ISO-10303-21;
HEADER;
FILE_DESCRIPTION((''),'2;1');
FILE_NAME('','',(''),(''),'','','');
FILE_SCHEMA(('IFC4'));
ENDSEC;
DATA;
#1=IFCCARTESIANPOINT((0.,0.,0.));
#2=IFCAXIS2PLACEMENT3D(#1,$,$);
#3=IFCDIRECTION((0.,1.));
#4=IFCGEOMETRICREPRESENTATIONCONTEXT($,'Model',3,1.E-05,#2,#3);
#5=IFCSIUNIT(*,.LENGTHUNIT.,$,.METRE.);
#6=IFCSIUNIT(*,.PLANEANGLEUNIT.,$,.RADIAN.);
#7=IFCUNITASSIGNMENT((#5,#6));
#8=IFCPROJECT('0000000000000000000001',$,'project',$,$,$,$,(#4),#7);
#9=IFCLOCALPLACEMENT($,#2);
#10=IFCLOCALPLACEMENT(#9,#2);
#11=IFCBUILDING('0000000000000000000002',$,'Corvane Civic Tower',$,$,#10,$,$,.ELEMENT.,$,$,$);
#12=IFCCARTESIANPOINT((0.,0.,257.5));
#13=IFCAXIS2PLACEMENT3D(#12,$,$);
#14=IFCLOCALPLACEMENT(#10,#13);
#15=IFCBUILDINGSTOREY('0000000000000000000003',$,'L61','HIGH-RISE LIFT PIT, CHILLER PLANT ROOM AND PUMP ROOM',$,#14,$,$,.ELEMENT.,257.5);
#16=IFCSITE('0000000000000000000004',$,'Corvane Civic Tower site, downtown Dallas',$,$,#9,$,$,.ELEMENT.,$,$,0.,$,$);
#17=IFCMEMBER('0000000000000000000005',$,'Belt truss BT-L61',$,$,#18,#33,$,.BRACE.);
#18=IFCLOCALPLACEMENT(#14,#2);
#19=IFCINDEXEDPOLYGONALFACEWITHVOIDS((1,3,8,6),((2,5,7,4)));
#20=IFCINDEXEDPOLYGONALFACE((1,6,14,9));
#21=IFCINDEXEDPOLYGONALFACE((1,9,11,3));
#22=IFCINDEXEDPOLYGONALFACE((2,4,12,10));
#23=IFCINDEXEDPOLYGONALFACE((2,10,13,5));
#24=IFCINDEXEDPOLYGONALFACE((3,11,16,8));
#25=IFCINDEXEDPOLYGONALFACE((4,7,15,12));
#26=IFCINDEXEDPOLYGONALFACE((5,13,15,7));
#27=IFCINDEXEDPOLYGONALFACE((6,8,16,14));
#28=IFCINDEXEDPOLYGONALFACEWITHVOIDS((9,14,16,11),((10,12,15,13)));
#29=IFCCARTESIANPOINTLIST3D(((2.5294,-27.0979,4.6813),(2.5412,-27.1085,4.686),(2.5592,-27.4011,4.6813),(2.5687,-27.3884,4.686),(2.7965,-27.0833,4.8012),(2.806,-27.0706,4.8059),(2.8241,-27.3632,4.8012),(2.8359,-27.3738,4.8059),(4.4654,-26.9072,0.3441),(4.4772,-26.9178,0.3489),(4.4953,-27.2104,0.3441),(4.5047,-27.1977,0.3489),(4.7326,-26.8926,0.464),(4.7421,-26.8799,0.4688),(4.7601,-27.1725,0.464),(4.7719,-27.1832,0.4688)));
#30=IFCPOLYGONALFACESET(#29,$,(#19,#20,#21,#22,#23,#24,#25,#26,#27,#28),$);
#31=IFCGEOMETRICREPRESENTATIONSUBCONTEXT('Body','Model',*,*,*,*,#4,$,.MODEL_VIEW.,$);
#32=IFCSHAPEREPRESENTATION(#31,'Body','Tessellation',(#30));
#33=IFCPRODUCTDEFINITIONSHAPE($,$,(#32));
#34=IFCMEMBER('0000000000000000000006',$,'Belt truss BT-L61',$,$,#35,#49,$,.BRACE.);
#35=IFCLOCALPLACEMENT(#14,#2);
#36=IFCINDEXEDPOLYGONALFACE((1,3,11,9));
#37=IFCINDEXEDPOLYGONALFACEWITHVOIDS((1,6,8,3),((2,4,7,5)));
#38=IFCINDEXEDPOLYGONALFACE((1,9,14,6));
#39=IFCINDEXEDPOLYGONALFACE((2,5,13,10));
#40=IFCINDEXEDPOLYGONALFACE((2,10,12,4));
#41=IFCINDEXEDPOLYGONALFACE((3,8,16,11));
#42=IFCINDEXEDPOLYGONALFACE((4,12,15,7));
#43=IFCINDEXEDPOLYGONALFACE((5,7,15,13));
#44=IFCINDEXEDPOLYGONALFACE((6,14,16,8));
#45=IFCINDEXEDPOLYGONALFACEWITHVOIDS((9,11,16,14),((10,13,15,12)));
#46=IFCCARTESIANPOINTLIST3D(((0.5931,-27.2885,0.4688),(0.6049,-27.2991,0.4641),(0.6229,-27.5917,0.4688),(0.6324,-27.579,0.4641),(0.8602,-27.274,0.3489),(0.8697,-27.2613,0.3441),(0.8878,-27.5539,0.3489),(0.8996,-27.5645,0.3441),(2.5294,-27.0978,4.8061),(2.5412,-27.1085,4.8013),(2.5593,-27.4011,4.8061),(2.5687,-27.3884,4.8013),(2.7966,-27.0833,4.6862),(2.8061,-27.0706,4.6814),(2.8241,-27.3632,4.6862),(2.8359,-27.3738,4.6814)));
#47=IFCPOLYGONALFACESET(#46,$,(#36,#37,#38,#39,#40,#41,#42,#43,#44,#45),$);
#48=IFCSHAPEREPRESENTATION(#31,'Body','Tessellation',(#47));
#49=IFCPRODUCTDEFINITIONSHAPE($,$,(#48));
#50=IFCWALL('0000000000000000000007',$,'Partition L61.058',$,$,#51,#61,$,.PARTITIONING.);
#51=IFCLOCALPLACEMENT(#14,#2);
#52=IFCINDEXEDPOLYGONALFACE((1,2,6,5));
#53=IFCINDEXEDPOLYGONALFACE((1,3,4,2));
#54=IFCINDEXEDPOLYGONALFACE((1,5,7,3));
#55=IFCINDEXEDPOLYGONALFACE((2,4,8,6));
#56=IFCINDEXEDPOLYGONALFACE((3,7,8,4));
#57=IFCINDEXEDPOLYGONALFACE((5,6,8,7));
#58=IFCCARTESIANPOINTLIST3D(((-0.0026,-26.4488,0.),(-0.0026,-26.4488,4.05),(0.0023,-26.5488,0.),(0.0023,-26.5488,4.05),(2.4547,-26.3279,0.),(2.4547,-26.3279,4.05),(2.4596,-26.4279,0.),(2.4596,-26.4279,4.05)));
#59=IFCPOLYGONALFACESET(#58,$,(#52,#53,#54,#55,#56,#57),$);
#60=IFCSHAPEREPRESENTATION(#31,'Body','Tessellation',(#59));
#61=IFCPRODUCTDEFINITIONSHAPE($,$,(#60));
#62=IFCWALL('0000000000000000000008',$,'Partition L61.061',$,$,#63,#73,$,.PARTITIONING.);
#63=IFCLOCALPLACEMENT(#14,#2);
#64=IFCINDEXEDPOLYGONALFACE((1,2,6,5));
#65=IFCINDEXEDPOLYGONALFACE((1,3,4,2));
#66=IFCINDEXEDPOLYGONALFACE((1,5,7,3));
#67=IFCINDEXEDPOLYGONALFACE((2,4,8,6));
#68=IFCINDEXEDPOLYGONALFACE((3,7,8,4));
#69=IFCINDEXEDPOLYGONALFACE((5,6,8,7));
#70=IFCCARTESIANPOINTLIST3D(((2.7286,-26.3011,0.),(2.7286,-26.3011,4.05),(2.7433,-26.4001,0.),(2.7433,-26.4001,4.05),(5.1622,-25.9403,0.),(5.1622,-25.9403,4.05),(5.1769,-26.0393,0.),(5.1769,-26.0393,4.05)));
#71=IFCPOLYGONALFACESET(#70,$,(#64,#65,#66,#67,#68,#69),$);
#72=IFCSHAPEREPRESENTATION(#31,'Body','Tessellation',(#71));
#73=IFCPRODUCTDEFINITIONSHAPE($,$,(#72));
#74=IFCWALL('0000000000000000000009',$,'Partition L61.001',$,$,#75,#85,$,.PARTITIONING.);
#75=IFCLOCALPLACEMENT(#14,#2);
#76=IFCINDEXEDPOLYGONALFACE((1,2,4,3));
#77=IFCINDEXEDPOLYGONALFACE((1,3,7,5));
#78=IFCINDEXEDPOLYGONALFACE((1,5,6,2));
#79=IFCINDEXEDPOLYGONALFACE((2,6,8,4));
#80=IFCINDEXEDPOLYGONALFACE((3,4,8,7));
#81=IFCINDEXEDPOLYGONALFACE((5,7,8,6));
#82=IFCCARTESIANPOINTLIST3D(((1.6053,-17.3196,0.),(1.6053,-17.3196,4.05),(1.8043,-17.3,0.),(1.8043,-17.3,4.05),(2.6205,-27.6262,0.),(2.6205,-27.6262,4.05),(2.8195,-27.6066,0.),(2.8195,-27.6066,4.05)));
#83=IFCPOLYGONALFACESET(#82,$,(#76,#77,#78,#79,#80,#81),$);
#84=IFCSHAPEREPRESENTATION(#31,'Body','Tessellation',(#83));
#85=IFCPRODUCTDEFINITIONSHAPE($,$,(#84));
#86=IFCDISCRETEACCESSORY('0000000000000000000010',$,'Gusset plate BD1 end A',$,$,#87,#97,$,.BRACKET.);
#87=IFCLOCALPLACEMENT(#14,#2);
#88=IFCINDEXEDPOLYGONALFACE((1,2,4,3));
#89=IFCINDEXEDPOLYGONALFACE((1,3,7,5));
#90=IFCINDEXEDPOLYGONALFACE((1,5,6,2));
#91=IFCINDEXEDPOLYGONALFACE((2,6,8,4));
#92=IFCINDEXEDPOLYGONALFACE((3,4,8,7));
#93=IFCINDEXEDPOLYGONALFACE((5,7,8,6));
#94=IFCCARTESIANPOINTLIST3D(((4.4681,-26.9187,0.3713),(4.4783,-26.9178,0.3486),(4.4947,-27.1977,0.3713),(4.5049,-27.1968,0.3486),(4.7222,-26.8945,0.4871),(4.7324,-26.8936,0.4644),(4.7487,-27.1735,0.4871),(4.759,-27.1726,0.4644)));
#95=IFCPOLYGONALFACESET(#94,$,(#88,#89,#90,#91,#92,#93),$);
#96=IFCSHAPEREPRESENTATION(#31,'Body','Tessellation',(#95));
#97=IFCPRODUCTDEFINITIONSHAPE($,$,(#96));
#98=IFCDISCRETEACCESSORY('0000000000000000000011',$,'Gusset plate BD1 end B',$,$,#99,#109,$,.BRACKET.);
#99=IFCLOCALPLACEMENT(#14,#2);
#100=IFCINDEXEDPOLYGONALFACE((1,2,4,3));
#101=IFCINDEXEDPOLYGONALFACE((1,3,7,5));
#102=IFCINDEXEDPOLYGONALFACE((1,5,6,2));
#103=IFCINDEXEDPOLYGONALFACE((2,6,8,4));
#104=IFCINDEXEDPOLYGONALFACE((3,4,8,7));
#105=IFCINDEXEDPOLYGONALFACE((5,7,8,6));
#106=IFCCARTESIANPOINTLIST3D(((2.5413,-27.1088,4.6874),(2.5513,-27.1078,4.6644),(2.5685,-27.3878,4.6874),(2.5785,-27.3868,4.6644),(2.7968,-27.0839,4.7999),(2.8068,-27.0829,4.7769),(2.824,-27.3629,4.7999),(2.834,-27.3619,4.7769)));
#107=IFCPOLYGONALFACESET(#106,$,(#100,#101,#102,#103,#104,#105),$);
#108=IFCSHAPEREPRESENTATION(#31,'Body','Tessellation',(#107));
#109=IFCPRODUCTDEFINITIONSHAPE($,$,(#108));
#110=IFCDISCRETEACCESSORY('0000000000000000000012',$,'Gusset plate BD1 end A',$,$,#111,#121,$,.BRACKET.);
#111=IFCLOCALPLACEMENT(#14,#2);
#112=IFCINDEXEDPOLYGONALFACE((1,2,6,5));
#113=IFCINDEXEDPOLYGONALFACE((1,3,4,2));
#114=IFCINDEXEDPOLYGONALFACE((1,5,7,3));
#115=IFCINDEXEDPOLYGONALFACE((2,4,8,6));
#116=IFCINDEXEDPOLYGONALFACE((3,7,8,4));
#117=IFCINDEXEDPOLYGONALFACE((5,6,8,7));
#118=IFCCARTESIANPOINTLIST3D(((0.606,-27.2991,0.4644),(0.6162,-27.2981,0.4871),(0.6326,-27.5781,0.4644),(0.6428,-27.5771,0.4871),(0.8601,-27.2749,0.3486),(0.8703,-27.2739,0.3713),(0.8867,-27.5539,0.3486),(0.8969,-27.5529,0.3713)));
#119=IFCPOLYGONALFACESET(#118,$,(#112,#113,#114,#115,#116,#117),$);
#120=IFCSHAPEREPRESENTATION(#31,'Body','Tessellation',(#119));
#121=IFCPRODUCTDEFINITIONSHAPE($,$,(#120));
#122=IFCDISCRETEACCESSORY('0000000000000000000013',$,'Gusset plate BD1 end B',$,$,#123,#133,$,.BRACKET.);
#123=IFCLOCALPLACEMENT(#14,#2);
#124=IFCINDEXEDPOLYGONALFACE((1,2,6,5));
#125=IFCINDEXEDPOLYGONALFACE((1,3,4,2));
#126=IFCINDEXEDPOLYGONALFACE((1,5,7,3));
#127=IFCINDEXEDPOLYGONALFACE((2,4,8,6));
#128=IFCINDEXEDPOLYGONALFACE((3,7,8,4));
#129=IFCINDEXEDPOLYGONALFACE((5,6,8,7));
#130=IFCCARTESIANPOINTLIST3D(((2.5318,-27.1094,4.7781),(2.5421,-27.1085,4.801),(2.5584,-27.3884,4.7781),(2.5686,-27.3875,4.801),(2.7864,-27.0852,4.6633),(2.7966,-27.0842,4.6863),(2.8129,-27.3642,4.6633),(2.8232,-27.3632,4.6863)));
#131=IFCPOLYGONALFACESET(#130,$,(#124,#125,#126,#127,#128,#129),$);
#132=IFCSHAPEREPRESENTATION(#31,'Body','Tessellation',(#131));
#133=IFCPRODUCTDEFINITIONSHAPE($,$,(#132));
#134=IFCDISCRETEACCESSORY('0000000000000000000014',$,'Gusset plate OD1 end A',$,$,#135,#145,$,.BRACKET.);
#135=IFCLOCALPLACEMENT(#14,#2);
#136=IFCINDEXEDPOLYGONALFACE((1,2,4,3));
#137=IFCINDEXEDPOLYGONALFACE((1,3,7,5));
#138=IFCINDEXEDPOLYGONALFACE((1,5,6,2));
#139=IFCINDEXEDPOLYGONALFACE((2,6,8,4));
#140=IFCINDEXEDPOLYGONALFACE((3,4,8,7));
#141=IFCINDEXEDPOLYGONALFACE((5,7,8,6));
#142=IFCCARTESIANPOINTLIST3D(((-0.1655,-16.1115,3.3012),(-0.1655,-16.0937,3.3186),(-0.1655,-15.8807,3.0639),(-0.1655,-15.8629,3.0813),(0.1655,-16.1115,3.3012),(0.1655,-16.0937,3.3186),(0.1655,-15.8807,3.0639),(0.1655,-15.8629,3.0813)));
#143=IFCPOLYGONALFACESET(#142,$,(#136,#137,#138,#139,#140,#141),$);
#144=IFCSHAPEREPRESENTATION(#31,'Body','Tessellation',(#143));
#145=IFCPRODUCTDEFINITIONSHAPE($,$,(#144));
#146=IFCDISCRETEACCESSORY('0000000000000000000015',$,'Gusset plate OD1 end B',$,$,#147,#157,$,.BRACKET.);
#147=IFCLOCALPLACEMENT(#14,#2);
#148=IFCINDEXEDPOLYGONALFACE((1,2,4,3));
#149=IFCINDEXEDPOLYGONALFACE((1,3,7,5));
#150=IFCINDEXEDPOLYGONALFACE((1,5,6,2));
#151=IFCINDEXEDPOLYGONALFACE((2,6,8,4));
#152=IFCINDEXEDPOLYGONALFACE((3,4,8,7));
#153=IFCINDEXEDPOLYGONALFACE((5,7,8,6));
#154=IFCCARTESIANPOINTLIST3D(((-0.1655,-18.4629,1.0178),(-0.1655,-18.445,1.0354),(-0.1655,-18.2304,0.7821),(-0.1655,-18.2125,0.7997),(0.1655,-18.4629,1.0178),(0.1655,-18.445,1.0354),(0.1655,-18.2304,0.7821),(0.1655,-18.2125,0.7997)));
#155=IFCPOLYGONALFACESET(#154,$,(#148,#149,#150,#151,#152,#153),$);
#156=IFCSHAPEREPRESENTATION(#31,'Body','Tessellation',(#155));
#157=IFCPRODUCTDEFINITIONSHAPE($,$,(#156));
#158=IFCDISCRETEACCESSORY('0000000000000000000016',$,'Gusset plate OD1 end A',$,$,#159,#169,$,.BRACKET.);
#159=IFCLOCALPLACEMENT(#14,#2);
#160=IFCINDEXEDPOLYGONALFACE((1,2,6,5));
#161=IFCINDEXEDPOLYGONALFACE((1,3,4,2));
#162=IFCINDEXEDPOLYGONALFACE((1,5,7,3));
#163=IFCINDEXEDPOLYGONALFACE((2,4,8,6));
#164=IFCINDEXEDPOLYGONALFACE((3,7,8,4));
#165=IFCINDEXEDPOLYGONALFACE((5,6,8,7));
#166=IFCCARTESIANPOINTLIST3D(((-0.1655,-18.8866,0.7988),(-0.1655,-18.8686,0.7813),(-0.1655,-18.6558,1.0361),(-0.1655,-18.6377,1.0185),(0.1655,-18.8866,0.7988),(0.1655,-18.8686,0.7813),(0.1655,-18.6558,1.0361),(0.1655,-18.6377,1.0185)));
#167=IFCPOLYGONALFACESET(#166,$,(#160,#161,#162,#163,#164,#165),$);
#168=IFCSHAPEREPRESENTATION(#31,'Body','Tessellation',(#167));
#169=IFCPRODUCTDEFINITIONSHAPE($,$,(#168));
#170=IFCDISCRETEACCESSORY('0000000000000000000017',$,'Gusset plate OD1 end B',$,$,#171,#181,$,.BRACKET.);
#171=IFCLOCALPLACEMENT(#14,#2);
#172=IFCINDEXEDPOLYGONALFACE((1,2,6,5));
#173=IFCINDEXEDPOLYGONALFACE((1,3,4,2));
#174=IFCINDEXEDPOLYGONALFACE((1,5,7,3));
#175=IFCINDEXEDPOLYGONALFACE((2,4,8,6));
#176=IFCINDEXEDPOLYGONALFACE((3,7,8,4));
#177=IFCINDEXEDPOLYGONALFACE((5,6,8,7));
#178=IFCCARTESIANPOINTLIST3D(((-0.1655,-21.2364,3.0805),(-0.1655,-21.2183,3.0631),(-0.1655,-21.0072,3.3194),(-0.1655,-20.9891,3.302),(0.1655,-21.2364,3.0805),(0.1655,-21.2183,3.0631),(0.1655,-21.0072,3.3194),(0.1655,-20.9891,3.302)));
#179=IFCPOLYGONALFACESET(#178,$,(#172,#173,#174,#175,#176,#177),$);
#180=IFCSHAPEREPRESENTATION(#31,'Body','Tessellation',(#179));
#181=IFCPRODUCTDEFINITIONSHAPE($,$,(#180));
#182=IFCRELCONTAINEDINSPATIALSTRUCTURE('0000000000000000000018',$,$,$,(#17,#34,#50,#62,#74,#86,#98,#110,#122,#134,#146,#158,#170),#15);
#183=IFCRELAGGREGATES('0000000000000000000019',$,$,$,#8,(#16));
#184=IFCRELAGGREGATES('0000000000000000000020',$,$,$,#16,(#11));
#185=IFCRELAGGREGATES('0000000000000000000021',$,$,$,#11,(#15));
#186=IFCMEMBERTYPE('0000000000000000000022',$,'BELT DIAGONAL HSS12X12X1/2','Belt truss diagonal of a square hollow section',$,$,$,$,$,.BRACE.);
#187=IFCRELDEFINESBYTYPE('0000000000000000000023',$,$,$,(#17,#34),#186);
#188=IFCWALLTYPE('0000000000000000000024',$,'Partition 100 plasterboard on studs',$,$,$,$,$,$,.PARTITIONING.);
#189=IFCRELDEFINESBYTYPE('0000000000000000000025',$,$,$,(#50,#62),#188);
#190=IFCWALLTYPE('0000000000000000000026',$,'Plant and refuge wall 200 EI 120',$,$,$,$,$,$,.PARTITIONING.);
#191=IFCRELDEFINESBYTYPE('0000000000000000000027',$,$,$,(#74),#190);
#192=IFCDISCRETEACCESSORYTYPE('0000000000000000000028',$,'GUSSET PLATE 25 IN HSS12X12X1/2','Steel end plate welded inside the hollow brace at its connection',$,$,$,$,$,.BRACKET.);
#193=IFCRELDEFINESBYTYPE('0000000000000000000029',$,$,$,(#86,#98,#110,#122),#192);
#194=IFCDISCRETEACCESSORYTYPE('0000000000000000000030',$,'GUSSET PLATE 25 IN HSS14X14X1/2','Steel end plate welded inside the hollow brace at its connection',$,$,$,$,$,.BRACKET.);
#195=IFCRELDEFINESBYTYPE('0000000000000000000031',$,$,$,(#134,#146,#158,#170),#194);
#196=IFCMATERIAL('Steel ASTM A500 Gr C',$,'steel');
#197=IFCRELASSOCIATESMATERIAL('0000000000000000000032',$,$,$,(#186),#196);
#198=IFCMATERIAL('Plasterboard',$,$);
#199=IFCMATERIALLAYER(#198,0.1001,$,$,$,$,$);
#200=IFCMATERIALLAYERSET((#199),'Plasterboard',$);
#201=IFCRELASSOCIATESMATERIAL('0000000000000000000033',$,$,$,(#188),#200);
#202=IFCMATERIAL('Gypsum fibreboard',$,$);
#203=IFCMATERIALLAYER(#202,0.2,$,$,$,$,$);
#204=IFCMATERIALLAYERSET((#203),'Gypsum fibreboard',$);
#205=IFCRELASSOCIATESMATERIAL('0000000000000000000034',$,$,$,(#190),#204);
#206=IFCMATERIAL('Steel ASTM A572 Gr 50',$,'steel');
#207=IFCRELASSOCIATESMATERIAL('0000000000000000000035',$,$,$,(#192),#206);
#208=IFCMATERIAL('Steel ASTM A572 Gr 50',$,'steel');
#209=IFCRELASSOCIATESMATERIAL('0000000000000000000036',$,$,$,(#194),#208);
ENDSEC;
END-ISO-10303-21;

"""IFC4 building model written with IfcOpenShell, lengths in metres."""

from ifc_helpers import new_model, si_unit, direction, frame, frame_2d, origin, origin_2d, place, context, subcontext, project, spatial, rectangle, hollow_rectangle, extrude, material, layer, layer_set, material_profile, profile_set, type_object, element, save


model = new_model("IFC4")

# Units and contexts
model_context = context("Model", 3, precision=1e-05, world=origin(), true_north=direction((0.0, 1.0)))
body_context = subcontext(model_context, "Body", "Model", "MODEL_VIEW")
ifc_project = project(units=[si_unit("LENGTHUNIT", "METRE"), si_unit("PLANEANGLEUNIT", "RADIAN")], contexts=[model_context])

# Site, building, storey
site_placement = place(None, origin())
site = spatial("IfcSite", under=ifc_project, at=site_placement, Name="Corvane Civic Tower site, downtown Dallas", CompositionType="ELEMENT", RefElevation=0.0)
building_placement = place(site_placement, origin())
building = spatial("IfcBuilding", under=site, at=building_placement, Name="Corvane Civic Tower", CompositionType="ELEMENT")
storey_placement = place(building_placement, frame((0.0, 0.0, 257.5)))
storey = spatial("IfcBuildingStorey", under=building, at=storey_placement, Name="L61", Description="HIGH-RISE LIFT PIT, CHILLER PLANT ROOM AND PUMP ROOM", CompositionType="ELEMENT", Elevation=257.5)

# Members
ifc_material_1 = material(Name="Steel ASTM A500 Gr C", Category="steel")
ifc_material_profile_1 = material_profile(ifc_material_1, hollow_rectangle(XDim=0.3047, YDim=0.3047, WallThickness=0.0117, at=origin_2d()), Name="HSS12X12X1/2")
ifc_profile_set_1 = profile_set([ifc_material_profile_1], Name="Steel ASTM A500 Gr C")
member_type = type_object("IfcMemberType", Name="BELT DIAGONAL HSS12X12X1/2", Description="Belt truss diagonal of a square hollow section", PredefinedType="BRACE", material=ifc_profile_set_1)
member_1_placement = place(storey_placement, frame((4.6187, -27.0452, 0.4065), z_axis=(-0.407288, -0.040113, 0.912418), x_axis=(0.098013, -0.995185, 0.0)))
element("IfcMember", 1, at=member_1_placement, inside=storey, type_object=member_type, Name="Belt truss BT-L61", PredefinedType="BRACE", context=body_context, shape_type="SweptSolid", body=[
    extrude(hollow_rectangle(XDim=0.3047, YDim=0.3047, WallThickness=0.0117, at=origin_2d()), origin(), (0.0, 0.0, 1.0), 4.7534),
])
member_2_placement = place(storey_placement, frame((0.7463, -27.4265, 0.4065), z_axis=(0.407331, 0.040112, 0.912399), x_axis=(-0.098, 0.995186, 0.0)))
element("IfcMember", 2, at=member_2_placement, inside=storey, type_object=member_type, Name="Belt truss BT-L61", PredefinedType="BRACE", context=body_context, shape_type="SweptSolid", body=[
    extrude(hollow_rectangle(XDim=0.3047, YDim=0.3047, WallThickness=0.0117, at=origin_2d()), origin(), (0.0, 0.0, 1.0), 4.7537),
])

# Walls
ifc_material_2 = material(Name="Plasterboard")
ifc_layer_1 = layer(ifc_material_2, 0.1001)
ifc_layer_set_1 = layer_set([ifc_layer_1], Name="Plasterboard")
wall_type_1 = type_object("IfcWallType", Name="Partition 100 plasterboard on studs", PredefinedType="PARTITIONING", material=ifc_layer_set_1)
for number, where, z_axis, x_axis, name in (
    (3, (0.0, -26.4988, 0.0), (0.0, 0.0, 1.0), (0.998793, 0.049121, 0.0), "Partition L61.058"),
    (4, (2.7361, -26.3506, 0.0), (0.0, 0.0, 1.0), (0.989185, 0.146671, 0.0), "Partition L61.061"),
):
    element("IfcWall", number, at=place(storey_placement, frame(where, z_axis=z_axis, x_axis=x_axis)), inside=storey, type_object=wall_type_1, Name=name, PredefinedType="PARTITIONING", context=body_context, shape_type="SweptSolid", body=[
        extrude(rectangle(XDim=2.4602, YDim=0.1001, at=frame_2d((1.23, 0.0))), origin(), (0.0, 0.0, 1.0), 4.05),
    ])
ifc_material_3 = material(Name="Gypsum fibreboard")
ifc_layer_2 = layer(ifc_material_3, 0.2)
ifc_layer_set_2 = layer_set([ifc_layer_2], Name="Gypsum fibreboard")
wall_type_2 = type_object("IfcWallType", Name="Plant and refuge wall 200 EI 120", PredefinedType="PARTITIONING", material=ifc_layer_set_2)
wall_placement = place(storey_placement, frame((1.7048, -17.3098, 0.0), z_axis=(0.0, 0.0, 1.0), x_axis=(0.098019, -0.995185, 0.0)))
element("IfcWall", 5, at=wall_placement, inside=storey, type_object=wall_type_2, Name="Partition L61.001", PredefinedType="PARTITIONING", context=body_context, shape_type="SweptSolid", body=[
    extrude(rectangle(XDim=10.3564, YDim=0.2, at=frame_2d((5.1782, 0.0))), origin(), (0.0, 0.0, 1.0), 4.05),
])

# Discrete accessories
ifc_material_4 = material(Name="Steel ASTM A572 Gr 50", Category="steel")
ifc_material_profile_2 = material_profile(ifc_material_4, rectangle(XDim=0.2803, YDim=0.2803, at=origin_2d()), Name="GUSSET PLATE 25 IN HSS12X12X1/2")
ifc_profile_set_2 = profile_set([ifc_material_profile_2], Name="Steel ASTM A572 Gr 50")
discrete_accessory_type_1 = type_object("IfcDiscreteAccessoryType", Name="GUSSET PLATE 25 IN HSS12X12X1/2", Description="Steel end plate welded inside the hollow brace at its connection", PredefinedType="BRACKET", material=ifc_profile_set_2)
discrete_accessory_1_placement = place(storey_placement, frame((4.6187, -27.0452, 0.4065), z_axis=(-0.411271, -0.039169, 0.910671), x_axis=(0.094809, -0.995495, 0.0)))
element("IfcDiscreteAccessory", 6, at=discrete_accessory_1_placement, inside=storey, type_object=discrete_accessory_type_1, Name="Gusset plate BD1 end A", PredefinedType="BRACKET", context=body_context, shape_type="SweptSolid", body=[
    extrude(rectangle(XDim=0.2803, YDim=0.2803, at=origin_2d()), origin(), (0.0, 0.0, 1.0), 0.0249),
])
discrete_accessory_2_placement = place(storey_placement, frame((2.6826, -27.2358, 4.7437), z_axis=(0.399492, 0.038975, -0.915908), x_axis=(-0.0971, 0.995275, 0.0)))
element("IfcDiscreteAccessory", 7, at=discrete_accessory_2_placement, inside=storey, type_object=discrete_accessory_type_1, Name="Gusset plate BD1 end B", PredefinedType="BRACKET", context=body_context, shape_type="SweptSolid", body=[
    extrude(rectangle(XDim=0.2803, YDim=0.2803, at=origin_2d()), origin(), (0.0, 0.0, 1.0), 0.0251),
])
discrete_accessory_3_placement = place(storey_placement, frame((0.7463, -27.4265, 0.4065), z_axis=(0.411271, 0.039169, 0.910671), x_axis=(-0.094809, 0.995495, 0.0)))
element("IfcDiscreteAccessory", 8, at=discrete_accessory_3_placement, inside=storey, type_object=discrete_accessory_type_1, Name="Gusset plate BD1 end A", PredefinedType="BRACKET", context=body_context, shape_type="SweptSolid", body=[
    extrude(rectangle(XDim=0.2803, YDim=0.2803, at=origin_2d()), origin(), (0.0, 0.0, 1.0), 0.0249),
])
discrete_accessory_4_placement = place(storey_placement, frame((2.6826, -27.2358, 4.7437), z_axis=(-0.407633, -0.038822, -0.91232), x_axis=(0.094809, -0.995495, 0.0)))
element("IfcDiscreteAccessory", 9, at=discrete_accessory_4_placement, inside=storey, type_object=discrete_accessory_type_1, Name="Gusset plate BD1 end B", PredefinedType="BRACKET", context=body_context, shape_type="SweptSolid", body=[
    extrude(rectangle(XDim=0.2803, YDim=0.2803, at=origin_2d()), origin(), (0.0, 0.0, 1.0), 0.0251),
])
ifc_material_5 = material(Name="Steel ASTM A572 Gr 50", Category="steel")
ifc_material_profile_3 = material_profile(ifc_material_5, rectangle(XDim=0.3311, YDim=0.3311, at=origin_2d()), Name="GUSSET PLATE 25 IN HSS14X14X1/2")
ifc_profile_set_3 = profile_set([ifc_material_profile_3], Name="Steel ASTM A572 Gr 50")
discrete_accessory_type_2 = type_object("IfcDiscreteAccessoryType", Name="GUSSET PLATE 25 IN HSS14X14X1/2", Description="Steel end plate welded inside the hollow brace at its connection", PredefinedType="BRACKET", material=ifc_profile_set_3)
discrete_accessory_5_placement = place(storey_placement, frame((0.0, -15.9783, 3.2), z_axis=(0.0, -0.716859, -0.697219), x_axis=(1.0, 0.0, 0.0)))
element("IfcDiscreteAccessory", 10, at=discrete_accessory_5_placement, inside=storey, type_object=discrete_accessory_type_2, Name="Gusset plate OD1 end A", PredefinedType="BRACKET", context=body_context, shape_type="SweptSolid", body=[
    extrude(rectangle(XDim=0.3311, YDim=0.3311, at=origin_2d()), origin(), (0.0, 0.0, 1.0), 0.0249),
])
for number, where, z_axis, x_axis, name in (
    (11, (0.0, -18.3467, 0.8999), (0.0, 0.711966, 0.702213), (-1.0, 0.0, 0.0), "Gusset plate OD1 end B"),
    (12, (0.0, -18.7532, 0.8999), (0.0, -0.716726, 0.697355), (1.0, 0.0, 0.0), "Gusset plate OD1 end A"),
    (13, (0.0, -21.1218, 3.2), (0.0, 0.721582, -0.692329), (-1.0, 0.0, 0.0), "Gusset plate OD1 end B"),
):
    element("IfcDiscreteAccessory", number, at=place(storey_placement, frame(where, z_axis=z_axis, x_axis=x_axis)), inside=storey, type_object=discrete_accessory_type_2, Name=name, PredefinedType="BRACKET", context=body_context, shape_type="SweptSolid", body=[
        extrude(rectangle(XDim=0.3311, YDim=0.3311, at=origin_2d()), origin(), (0.0, 0.0, 1.0), 0.0251),
    ])

save(model, "model.ifc")
